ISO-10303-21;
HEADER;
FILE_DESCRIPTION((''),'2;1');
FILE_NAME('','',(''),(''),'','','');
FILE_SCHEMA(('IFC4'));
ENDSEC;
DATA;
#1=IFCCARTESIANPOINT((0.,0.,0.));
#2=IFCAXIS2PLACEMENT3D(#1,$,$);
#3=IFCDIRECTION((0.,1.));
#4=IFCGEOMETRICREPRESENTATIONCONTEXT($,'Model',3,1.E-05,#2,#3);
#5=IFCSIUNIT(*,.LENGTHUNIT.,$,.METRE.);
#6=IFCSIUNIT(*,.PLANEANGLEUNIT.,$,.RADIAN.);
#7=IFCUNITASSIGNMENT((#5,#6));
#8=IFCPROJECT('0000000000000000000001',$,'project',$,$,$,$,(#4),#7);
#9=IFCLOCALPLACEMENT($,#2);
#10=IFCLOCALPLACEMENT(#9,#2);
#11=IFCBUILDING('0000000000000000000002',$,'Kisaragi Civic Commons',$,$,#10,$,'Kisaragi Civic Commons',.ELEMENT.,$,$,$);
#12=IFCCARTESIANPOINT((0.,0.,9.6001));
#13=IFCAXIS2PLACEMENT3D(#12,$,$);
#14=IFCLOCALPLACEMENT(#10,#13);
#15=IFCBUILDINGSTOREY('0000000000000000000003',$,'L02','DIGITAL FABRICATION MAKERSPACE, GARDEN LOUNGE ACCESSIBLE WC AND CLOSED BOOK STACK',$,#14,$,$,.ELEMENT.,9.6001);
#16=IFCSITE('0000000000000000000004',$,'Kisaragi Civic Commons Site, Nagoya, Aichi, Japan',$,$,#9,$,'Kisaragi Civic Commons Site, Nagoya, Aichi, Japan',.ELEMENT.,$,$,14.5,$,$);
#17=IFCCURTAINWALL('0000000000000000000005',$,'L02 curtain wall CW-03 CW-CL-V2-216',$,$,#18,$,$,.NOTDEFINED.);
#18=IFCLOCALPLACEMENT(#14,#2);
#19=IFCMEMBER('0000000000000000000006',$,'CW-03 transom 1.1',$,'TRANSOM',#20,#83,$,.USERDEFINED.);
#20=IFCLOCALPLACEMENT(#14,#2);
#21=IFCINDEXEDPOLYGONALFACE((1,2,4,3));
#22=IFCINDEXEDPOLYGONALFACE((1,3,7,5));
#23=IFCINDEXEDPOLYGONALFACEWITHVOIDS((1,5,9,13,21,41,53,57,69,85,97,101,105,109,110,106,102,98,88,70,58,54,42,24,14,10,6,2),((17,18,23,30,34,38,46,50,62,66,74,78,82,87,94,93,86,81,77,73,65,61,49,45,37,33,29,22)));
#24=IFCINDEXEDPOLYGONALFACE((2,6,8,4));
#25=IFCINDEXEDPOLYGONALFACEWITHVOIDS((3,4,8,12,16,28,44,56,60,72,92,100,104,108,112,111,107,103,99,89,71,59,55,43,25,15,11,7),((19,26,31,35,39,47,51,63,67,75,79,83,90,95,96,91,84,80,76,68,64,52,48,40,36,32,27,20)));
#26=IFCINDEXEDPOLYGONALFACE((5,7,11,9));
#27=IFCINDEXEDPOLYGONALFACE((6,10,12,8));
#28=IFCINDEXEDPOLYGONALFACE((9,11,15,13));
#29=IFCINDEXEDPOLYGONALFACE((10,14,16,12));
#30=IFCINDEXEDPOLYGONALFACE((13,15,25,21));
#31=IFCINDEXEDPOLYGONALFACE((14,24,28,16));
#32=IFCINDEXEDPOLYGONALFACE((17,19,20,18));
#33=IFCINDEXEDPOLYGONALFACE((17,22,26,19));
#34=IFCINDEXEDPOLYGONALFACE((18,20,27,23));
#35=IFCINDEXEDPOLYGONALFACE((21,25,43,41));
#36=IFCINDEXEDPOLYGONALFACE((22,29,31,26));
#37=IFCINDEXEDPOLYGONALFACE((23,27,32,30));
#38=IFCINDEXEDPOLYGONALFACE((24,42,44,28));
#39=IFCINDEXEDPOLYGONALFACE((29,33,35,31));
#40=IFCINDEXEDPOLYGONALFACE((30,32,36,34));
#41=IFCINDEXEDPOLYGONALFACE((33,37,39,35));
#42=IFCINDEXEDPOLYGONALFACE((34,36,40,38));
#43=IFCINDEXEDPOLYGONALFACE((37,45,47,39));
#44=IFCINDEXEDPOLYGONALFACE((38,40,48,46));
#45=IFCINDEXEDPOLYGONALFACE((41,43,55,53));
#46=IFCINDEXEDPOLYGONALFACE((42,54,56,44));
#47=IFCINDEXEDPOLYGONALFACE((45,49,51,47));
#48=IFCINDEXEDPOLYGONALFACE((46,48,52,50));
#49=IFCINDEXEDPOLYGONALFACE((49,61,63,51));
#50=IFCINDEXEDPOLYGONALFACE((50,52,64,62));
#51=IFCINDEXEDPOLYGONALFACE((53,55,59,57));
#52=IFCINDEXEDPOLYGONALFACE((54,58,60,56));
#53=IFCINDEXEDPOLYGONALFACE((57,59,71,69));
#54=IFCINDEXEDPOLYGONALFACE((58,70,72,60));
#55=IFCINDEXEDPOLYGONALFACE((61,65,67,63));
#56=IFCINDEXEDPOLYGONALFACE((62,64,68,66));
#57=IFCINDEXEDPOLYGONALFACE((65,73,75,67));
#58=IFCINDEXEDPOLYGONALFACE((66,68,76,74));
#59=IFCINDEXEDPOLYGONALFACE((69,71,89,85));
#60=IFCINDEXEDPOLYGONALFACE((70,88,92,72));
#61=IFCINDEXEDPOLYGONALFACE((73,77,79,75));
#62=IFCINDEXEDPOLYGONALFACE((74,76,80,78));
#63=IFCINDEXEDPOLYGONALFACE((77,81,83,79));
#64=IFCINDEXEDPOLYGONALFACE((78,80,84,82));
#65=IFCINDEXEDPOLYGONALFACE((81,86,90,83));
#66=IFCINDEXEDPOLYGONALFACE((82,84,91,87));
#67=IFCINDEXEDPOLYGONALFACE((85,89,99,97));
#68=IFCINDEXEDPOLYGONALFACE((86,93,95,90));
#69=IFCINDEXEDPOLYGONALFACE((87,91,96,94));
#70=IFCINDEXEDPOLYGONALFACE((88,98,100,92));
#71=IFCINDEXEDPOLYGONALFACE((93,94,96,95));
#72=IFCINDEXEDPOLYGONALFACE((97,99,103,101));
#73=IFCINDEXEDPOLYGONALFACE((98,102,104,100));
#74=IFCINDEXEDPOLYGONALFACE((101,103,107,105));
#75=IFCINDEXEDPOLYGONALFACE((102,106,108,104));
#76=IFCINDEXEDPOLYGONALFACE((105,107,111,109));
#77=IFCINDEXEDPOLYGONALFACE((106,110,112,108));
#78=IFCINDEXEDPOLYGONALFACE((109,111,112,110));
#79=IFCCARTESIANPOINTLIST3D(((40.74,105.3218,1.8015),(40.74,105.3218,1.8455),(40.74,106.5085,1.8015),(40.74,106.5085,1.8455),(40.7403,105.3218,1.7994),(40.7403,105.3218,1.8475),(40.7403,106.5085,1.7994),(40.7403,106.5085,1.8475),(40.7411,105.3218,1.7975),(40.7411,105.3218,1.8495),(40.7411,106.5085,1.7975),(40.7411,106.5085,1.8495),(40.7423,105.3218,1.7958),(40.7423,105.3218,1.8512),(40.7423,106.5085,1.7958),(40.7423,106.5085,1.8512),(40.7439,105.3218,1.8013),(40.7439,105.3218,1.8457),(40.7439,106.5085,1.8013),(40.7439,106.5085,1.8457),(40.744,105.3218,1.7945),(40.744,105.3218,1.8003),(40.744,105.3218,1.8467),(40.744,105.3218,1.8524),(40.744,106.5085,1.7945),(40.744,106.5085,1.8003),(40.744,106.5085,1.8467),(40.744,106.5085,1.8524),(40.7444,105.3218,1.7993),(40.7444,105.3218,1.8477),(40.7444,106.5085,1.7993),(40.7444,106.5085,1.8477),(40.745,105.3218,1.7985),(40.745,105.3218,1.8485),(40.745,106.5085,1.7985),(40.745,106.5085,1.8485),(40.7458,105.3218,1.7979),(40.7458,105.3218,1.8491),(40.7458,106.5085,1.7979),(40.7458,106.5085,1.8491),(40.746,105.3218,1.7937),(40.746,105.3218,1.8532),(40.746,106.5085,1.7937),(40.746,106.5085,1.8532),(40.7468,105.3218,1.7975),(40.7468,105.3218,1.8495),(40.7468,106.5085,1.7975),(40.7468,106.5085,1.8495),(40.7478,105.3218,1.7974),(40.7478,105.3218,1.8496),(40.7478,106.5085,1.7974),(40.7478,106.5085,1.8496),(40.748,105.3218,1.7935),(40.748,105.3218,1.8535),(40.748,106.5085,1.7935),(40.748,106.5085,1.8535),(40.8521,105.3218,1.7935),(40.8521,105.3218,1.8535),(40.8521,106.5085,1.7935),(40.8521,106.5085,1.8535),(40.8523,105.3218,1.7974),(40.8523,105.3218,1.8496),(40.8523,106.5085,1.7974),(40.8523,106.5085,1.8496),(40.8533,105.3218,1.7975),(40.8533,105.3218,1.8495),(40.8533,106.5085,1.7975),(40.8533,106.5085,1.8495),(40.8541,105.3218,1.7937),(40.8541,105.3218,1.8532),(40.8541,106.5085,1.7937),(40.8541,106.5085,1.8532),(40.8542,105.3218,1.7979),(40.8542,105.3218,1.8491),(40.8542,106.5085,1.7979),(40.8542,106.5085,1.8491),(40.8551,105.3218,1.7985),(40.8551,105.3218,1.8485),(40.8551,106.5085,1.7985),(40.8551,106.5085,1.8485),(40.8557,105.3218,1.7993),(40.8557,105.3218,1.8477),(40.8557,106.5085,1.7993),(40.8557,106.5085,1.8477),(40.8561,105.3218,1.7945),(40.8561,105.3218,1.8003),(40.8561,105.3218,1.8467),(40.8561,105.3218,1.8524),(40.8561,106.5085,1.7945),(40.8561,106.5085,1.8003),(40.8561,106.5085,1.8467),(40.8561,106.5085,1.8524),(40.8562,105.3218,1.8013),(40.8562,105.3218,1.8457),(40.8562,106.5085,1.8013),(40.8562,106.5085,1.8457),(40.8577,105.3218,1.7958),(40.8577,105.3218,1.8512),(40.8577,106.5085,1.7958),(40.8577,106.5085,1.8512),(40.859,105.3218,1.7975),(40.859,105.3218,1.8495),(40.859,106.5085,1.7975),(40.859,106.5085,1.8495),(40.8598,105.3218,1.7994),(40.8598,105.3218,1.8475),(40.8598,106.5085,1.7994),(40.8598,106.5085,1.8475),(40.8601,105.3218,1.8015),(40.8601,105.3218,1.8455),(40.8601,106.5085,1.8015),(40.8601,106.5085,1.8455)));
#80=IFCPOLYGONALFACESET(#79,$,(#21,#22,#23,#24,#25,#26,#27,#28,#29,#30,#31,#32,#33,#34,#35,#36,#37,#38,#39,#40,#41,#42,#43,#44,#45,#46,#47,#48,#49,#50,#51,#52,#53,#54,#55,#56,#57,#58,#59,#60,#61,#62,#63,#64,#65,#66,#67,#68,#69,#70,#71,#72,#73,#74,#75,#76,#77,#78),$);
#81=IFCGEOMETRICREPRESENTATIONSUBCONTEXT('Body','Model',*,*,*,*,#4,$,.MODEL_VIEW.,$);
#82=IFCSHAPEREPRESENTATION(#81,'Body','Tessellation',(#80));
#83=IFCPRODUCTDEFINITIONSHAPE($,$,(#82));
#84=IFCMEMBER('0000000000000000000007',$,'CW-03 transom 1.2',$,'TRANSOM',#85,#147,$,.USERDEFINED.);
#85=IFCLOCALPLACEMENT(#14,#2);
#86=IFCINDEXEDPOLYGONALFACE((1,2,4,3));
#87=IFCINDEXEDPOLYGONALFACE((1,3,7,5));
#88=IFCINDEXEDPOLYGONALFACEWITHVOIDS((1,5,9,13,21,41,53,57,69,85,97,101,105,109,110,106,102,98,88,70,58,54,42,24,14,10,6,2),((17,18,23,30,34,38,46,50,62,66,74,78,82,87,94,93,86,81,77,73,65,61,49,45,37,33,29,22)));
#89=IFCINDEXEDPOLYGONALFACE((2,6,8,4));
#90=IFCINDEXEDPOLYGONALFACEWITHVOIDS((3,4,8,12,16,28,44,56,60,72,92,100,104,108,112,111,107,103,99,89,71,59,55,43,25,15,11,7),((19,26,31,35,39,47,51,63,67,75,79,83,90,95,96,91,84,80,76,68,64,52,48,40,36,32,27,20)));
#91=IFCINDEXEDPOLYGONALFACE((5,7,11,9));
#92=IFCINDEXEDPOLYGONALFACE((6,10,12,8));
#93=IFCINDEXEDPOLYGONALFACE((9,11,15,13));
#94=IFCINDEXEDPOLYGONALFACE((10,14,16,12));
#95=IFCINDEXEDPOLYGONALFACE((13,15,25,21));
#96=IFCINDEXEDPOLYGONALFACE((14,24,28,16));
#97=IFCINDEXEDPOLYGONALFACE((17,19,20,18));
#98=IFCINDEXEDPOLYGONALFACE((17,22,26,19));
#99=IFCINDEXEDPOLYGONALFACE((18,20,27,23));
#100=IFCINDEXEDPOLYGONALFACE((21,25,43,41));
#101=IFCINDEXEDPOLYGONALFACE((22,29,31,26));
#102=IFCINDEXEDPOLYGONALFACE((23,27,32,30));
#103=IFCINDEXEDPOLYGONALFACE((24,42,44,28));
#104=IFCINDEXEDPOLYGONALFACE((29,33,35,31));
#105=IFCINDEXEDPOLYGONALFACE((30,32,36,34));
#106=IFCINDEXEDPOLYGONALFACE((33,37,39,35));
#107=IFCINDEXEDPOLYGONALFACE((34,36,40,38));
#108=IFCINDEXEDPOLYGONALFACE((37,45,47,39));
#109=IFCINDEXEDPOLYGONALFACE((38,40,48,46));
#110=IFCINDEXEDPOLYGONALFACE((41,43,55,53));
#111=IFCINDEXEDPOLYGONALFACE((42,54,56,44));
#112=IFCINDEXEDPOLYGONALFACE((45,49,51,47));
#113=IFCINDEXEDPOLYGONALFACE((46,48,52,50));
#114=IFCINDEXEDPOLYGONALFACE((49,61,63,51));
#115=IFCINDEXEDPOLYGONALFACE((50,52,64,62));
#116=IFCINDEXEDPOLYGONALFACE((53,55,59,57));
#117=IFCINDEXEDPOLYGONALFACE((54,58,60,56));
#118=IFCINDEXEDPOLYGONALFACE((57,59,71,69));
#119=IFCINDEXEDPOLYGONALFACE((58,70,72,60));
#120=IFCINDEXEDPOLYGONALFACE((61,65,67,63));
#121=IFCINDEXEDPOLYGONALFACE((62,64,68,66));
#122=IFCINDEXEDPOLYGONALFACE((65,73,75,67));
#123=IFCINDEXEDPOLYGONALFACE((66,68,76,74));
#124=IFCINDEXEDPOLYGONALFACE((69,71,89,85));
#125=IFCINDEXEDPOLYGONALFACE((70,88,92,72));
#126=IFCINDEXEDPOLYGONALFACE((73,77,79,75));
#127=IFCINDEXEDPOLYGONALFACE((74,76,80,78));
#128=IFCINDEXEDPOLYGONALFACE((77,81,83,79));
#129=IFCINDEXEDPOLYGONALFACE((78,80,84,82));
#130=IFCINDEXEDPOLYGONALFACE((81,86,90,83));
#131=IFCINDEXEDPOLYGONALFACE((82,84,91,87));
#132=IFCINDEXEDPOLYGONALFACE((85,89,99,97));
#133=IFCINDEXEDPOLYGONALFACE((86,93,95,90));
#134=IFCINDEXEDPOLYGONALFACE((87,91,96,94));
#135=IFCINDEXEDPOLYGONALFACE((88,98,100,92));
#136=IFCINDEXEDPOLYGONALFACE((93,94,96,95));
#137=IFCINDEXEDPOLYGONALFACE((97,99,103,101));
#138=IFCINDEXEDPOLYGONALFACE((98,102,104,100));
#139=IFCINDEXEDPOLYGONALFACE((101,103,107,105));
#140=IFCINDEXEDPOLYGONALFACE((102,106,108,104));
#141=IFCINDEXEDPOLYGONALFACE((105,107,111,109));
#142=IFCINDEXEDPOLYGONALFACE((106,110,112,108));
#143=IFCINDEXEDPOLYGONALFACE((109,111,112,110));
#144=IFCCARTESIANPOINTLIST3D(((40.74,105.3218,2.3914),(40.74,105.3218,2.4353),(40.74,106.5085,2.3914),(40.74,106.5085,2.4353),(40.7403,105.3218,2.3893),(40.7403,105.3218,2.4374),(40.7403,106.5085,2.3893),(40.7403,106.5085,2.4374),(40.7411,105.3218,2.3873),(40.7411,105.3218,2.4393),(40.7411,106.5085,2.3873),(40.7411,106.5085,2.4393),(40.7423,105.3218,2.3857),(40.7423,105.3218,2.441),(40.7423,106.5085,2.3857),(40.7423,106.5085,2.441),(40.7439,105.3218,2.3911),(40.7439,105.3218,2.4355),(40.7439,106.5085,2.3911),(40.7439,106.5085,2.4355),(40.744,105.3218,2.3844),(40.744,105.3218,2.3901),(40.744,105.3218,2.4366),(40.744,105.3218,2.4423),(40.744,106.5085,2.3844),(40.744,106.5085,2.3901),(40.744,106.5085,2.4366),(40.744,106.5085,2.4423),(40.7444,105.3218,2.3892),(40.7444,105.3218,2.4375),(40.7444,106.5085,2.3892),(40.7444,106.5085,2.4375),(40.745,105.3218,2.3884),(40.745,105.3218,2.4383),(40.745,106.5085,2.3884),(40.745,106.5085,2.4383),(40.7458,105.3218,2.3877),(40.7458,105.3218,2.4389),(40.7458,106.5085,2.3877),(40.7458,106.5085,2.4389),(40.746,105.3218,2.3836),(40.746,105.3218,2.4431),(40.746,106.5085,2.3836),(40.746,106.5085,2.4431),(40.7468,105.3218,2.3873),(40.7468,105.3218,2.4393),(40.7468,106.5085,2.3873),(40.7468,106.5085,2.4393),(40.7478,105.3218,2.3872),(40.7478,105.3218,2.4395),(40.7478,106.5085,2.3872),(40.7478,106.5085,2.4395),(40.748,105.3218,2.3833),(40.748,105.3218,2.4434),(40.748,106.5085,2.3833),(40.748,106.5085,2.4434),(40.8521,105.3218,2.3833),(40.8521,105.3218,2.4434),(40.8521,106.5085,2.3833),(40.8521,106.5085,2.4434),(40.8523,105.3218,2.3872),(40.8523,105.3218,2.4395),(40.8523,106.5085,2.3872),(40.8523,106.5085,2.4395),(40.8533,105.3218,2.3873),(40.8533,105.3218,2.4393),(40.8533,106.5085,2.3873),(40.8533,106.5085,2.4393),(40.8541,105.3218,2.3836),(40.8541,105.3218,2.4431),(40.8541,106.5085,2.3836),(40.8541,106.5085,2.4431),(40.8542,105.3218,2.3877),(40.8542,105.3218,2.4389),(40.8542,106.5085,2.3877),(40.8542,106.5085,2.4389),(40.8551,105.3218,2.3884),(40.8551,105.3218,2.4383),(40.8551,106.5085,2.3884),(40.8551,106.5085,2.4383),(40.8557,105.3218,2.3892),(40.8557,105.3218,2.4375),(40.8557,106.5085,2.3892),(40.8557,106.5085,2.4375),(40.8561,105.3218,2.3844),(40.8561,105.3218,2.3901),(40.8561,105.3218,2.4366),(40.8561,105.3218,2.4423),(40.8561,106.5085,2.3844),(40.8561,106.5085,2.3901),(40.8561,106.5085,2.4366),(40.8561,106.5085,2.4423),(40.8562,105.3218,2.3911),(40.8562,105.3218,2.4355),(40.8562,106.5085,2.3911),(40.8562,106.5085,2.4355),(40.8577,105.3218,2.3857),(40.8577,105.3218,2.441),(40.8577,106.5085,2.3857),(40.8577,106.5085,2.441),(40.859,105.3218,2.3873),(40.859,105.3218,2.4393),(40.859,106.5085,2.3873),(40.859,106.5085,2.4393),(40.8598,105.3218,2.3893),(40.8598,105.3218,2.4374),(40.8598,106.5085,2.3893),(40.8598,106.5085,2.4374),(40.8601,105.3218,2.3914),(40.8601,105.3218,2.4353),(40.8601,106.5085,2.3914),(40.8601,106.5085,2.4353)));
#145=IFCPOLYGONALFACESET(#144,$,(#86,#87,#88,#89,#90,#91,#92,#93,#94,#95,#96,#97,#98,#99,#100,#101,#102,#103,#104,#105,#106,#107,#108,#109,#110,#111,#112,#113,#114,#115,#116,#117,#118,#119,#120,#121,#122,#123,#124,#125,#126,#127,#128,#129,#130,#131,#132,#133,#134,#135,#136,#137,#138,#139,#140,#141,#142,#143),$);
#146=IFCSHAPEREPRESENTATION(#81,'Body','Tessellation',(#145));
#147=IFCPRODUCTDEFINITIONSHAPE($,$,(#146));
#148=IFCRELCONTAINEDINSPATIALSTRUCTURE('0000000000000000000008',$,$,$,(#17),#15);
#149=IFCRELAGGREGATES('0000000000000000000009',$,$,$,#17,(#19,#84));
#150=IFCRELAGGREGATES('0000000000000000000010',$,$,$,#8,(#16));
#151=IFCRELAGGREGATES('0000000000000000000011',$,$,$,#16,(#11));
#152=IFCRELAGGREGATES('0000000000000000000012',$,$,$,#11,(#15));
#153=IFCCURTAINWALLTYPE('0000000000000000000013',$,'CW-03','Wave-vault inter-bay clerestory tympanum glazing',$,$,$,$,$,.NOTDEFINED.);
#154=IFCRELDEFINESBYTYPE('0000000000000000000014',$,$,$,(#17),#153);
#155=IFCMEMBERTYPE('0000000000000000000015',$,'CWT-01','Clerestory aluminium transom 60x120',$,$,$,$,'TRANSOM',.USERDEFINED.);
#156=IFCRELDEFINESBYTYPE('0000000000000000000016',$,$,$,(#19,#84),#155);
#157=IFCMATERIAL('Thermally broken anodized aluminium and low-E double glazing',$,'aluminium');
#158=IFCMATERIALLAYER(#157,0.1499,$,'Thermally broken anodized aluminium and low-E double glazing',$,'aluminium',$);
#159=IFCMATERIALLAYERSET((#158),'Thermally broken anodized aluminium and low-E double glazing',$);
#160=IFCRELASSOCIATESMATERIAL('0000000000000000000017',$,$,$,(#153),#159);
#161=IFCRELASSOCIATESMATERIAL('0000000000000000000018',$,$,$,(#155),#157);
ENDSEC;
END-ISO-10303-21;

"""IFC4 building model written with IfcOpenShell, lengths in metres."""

from ifc_helpers import new_model, si_unit, direction, frame, origin, origin_2d, place, context, subcontext, project, spatial, hollow_rectangle, extrude, material, layer, layer_set, material_profile, profile_set, type_object, element, aggregate, save


model = new_model("IFC4")

# Units and contexts
model_context = context("Model", 3, precision=1e-05, world=origin(), true_north=direction((0.0, 1.0)))
body_context = subcontext(model_context, "Body", "Model", "MODEL_VIEW")
ifc_project = project(units=[si_unit("LENGTHUNIT", "METRE"), si_unit("PLANEANGLEUNIT", "RADIAN")], contexts=[model_context])

# Site, building, storey
site_placement = place(None, origin())
site = spatial("IfcSite", under=ifc_project, at=site_placement, Name="Kisaragi Civic Commons Site, Nagoya, Aichi, Japan", LongName="Kisaragi Civic Commons Site, Nagoya, Aichi, Japan", CompositionType="ELEMENT", RefElevation=14.5)
building_placement = place(site_placement, origin())
building = spatial("IfcBuilding", under=site, at=building_placement, Name="Kisaragi Civic Commons", LongName="Kisaragi Civic Commons", CompositionType="ELEMENT")
storey_placement = place(building_placement, frame((0.0, 0.0, 9.6001)))
storey = spatial("IfcBuildingStorey", under=building, at=storey_placement, Name="L02", Description="DIGITAL FABRICATION MAKERSPACE, GARDEN LOUNGE ACCESSIBLE WC AND CLOSED BOOK STACK", CompositionType="ELEMENT", Elevation=9.6001)

# Curtain wall, members
ifc_material_1 = material(Name="Thermally broken anodized aluminium and low-E double glazing", Category="aluminium")
ifc_layer_1 = layer(ifc_material_1, 0.1499, Name="Thermally broken anodized aluminium and low-E double glazing", Category="aluminium")
ifc_layer_set_1 = layer_set([ifc_layer_1], Name="Thermally broken anodized aluminium and low-E double glazing")
curtain_wall_type = type_object("IfcCurtainWallType", Name="CW-03", Description="Wave-vault inter-bay clerestory tympanum glazing", PredefinedType="NOTDEFINED", material=ifc_layer_set_1)
curtain_wall_placement = place(storey_placement, origin())
curtain_wall = element("IfcCurtainWall", 1, at=curtain_wall_placement, inside=storey, type_object=curtain_wall_type, Name="L02 curtain wall CW-03 CW-CL-V2-216", PredefinedType="NOTDEFINED")
ifc_material_profile_1 = material_profile(ifc_material_1, hollow_rectangle(XDim=0.1201, YDim=0.0601, WallThickness=0.0039, InnerFilletRadius=0.0039, OuterFilletRadius=0.0081, at=origin_2d()), Name="CWT-60x120x4", Category="aluminium")
ifc_profile_set_1 = profile_set([ifc_material_profile_1], Name="Thermally broken anodized aluminium and low-E double glazing")
member_type_1 = type_object("IfcMemberType", Name="CWT-01", Description="Clerestory aluminium transom 60x120", ElementType="TRANSOM", PredefinedType="USERDEFINED", material=ifc_profile_set_1)
member_1_placement = place(storey_placement, frame((40.8, 105.3218, 1.8235), z_axis=(0.0, 1.0, 0.0), x_axis=(-1.0, 0.0, 0.0)))
member_1 = element("IfcMember", 2, at=member_1_placement, type_object=member_type_1, Name="CW-03 transom 1.1", ObjectType="TRANSOM", PredefinedType="USERDEFINED", context=body_context, shape_type="SweptSolid", body=[
    extrude(hollow_rectangle(XDim=0.1201, YDim=0.0601, WallThickness=0.0039, InnerFilletRadius=0.0039, OuterFilletRadius=0.0081, at=origin_2d()), origin(), (0.0, 0.0, 1.0), 1.1868),
])
member_2_placement = place(storey_placement, frame((40.8, 105.3218, 2.4133), z_axis=(0.0, 1.0, 0.0), x_axis=(-1.0, 0.0, 0.0)))
member_2 = element("IfcMember", 3, at=member_2_placement, type_object=member_type_1, Name="CW-03 transom 1.2", ObjectType="TRANSOM", PredefinedType="USERDEFINED", context=body_context, shape_type="SweptSolid", body=[
    extrude(hollow_rectangle(XDim=0.1201, YDim=0.0601, WallThickness=0.0039, InnerFilletRadius=0.0039, OuterFilletRadius=0.0081, at=origin_2d()), origin(), (0.0, 0.0, 1.0), 1.1868),
])

aggregate(curtain_wall, [member_1, member_2])

save(model, "model.ifc")
